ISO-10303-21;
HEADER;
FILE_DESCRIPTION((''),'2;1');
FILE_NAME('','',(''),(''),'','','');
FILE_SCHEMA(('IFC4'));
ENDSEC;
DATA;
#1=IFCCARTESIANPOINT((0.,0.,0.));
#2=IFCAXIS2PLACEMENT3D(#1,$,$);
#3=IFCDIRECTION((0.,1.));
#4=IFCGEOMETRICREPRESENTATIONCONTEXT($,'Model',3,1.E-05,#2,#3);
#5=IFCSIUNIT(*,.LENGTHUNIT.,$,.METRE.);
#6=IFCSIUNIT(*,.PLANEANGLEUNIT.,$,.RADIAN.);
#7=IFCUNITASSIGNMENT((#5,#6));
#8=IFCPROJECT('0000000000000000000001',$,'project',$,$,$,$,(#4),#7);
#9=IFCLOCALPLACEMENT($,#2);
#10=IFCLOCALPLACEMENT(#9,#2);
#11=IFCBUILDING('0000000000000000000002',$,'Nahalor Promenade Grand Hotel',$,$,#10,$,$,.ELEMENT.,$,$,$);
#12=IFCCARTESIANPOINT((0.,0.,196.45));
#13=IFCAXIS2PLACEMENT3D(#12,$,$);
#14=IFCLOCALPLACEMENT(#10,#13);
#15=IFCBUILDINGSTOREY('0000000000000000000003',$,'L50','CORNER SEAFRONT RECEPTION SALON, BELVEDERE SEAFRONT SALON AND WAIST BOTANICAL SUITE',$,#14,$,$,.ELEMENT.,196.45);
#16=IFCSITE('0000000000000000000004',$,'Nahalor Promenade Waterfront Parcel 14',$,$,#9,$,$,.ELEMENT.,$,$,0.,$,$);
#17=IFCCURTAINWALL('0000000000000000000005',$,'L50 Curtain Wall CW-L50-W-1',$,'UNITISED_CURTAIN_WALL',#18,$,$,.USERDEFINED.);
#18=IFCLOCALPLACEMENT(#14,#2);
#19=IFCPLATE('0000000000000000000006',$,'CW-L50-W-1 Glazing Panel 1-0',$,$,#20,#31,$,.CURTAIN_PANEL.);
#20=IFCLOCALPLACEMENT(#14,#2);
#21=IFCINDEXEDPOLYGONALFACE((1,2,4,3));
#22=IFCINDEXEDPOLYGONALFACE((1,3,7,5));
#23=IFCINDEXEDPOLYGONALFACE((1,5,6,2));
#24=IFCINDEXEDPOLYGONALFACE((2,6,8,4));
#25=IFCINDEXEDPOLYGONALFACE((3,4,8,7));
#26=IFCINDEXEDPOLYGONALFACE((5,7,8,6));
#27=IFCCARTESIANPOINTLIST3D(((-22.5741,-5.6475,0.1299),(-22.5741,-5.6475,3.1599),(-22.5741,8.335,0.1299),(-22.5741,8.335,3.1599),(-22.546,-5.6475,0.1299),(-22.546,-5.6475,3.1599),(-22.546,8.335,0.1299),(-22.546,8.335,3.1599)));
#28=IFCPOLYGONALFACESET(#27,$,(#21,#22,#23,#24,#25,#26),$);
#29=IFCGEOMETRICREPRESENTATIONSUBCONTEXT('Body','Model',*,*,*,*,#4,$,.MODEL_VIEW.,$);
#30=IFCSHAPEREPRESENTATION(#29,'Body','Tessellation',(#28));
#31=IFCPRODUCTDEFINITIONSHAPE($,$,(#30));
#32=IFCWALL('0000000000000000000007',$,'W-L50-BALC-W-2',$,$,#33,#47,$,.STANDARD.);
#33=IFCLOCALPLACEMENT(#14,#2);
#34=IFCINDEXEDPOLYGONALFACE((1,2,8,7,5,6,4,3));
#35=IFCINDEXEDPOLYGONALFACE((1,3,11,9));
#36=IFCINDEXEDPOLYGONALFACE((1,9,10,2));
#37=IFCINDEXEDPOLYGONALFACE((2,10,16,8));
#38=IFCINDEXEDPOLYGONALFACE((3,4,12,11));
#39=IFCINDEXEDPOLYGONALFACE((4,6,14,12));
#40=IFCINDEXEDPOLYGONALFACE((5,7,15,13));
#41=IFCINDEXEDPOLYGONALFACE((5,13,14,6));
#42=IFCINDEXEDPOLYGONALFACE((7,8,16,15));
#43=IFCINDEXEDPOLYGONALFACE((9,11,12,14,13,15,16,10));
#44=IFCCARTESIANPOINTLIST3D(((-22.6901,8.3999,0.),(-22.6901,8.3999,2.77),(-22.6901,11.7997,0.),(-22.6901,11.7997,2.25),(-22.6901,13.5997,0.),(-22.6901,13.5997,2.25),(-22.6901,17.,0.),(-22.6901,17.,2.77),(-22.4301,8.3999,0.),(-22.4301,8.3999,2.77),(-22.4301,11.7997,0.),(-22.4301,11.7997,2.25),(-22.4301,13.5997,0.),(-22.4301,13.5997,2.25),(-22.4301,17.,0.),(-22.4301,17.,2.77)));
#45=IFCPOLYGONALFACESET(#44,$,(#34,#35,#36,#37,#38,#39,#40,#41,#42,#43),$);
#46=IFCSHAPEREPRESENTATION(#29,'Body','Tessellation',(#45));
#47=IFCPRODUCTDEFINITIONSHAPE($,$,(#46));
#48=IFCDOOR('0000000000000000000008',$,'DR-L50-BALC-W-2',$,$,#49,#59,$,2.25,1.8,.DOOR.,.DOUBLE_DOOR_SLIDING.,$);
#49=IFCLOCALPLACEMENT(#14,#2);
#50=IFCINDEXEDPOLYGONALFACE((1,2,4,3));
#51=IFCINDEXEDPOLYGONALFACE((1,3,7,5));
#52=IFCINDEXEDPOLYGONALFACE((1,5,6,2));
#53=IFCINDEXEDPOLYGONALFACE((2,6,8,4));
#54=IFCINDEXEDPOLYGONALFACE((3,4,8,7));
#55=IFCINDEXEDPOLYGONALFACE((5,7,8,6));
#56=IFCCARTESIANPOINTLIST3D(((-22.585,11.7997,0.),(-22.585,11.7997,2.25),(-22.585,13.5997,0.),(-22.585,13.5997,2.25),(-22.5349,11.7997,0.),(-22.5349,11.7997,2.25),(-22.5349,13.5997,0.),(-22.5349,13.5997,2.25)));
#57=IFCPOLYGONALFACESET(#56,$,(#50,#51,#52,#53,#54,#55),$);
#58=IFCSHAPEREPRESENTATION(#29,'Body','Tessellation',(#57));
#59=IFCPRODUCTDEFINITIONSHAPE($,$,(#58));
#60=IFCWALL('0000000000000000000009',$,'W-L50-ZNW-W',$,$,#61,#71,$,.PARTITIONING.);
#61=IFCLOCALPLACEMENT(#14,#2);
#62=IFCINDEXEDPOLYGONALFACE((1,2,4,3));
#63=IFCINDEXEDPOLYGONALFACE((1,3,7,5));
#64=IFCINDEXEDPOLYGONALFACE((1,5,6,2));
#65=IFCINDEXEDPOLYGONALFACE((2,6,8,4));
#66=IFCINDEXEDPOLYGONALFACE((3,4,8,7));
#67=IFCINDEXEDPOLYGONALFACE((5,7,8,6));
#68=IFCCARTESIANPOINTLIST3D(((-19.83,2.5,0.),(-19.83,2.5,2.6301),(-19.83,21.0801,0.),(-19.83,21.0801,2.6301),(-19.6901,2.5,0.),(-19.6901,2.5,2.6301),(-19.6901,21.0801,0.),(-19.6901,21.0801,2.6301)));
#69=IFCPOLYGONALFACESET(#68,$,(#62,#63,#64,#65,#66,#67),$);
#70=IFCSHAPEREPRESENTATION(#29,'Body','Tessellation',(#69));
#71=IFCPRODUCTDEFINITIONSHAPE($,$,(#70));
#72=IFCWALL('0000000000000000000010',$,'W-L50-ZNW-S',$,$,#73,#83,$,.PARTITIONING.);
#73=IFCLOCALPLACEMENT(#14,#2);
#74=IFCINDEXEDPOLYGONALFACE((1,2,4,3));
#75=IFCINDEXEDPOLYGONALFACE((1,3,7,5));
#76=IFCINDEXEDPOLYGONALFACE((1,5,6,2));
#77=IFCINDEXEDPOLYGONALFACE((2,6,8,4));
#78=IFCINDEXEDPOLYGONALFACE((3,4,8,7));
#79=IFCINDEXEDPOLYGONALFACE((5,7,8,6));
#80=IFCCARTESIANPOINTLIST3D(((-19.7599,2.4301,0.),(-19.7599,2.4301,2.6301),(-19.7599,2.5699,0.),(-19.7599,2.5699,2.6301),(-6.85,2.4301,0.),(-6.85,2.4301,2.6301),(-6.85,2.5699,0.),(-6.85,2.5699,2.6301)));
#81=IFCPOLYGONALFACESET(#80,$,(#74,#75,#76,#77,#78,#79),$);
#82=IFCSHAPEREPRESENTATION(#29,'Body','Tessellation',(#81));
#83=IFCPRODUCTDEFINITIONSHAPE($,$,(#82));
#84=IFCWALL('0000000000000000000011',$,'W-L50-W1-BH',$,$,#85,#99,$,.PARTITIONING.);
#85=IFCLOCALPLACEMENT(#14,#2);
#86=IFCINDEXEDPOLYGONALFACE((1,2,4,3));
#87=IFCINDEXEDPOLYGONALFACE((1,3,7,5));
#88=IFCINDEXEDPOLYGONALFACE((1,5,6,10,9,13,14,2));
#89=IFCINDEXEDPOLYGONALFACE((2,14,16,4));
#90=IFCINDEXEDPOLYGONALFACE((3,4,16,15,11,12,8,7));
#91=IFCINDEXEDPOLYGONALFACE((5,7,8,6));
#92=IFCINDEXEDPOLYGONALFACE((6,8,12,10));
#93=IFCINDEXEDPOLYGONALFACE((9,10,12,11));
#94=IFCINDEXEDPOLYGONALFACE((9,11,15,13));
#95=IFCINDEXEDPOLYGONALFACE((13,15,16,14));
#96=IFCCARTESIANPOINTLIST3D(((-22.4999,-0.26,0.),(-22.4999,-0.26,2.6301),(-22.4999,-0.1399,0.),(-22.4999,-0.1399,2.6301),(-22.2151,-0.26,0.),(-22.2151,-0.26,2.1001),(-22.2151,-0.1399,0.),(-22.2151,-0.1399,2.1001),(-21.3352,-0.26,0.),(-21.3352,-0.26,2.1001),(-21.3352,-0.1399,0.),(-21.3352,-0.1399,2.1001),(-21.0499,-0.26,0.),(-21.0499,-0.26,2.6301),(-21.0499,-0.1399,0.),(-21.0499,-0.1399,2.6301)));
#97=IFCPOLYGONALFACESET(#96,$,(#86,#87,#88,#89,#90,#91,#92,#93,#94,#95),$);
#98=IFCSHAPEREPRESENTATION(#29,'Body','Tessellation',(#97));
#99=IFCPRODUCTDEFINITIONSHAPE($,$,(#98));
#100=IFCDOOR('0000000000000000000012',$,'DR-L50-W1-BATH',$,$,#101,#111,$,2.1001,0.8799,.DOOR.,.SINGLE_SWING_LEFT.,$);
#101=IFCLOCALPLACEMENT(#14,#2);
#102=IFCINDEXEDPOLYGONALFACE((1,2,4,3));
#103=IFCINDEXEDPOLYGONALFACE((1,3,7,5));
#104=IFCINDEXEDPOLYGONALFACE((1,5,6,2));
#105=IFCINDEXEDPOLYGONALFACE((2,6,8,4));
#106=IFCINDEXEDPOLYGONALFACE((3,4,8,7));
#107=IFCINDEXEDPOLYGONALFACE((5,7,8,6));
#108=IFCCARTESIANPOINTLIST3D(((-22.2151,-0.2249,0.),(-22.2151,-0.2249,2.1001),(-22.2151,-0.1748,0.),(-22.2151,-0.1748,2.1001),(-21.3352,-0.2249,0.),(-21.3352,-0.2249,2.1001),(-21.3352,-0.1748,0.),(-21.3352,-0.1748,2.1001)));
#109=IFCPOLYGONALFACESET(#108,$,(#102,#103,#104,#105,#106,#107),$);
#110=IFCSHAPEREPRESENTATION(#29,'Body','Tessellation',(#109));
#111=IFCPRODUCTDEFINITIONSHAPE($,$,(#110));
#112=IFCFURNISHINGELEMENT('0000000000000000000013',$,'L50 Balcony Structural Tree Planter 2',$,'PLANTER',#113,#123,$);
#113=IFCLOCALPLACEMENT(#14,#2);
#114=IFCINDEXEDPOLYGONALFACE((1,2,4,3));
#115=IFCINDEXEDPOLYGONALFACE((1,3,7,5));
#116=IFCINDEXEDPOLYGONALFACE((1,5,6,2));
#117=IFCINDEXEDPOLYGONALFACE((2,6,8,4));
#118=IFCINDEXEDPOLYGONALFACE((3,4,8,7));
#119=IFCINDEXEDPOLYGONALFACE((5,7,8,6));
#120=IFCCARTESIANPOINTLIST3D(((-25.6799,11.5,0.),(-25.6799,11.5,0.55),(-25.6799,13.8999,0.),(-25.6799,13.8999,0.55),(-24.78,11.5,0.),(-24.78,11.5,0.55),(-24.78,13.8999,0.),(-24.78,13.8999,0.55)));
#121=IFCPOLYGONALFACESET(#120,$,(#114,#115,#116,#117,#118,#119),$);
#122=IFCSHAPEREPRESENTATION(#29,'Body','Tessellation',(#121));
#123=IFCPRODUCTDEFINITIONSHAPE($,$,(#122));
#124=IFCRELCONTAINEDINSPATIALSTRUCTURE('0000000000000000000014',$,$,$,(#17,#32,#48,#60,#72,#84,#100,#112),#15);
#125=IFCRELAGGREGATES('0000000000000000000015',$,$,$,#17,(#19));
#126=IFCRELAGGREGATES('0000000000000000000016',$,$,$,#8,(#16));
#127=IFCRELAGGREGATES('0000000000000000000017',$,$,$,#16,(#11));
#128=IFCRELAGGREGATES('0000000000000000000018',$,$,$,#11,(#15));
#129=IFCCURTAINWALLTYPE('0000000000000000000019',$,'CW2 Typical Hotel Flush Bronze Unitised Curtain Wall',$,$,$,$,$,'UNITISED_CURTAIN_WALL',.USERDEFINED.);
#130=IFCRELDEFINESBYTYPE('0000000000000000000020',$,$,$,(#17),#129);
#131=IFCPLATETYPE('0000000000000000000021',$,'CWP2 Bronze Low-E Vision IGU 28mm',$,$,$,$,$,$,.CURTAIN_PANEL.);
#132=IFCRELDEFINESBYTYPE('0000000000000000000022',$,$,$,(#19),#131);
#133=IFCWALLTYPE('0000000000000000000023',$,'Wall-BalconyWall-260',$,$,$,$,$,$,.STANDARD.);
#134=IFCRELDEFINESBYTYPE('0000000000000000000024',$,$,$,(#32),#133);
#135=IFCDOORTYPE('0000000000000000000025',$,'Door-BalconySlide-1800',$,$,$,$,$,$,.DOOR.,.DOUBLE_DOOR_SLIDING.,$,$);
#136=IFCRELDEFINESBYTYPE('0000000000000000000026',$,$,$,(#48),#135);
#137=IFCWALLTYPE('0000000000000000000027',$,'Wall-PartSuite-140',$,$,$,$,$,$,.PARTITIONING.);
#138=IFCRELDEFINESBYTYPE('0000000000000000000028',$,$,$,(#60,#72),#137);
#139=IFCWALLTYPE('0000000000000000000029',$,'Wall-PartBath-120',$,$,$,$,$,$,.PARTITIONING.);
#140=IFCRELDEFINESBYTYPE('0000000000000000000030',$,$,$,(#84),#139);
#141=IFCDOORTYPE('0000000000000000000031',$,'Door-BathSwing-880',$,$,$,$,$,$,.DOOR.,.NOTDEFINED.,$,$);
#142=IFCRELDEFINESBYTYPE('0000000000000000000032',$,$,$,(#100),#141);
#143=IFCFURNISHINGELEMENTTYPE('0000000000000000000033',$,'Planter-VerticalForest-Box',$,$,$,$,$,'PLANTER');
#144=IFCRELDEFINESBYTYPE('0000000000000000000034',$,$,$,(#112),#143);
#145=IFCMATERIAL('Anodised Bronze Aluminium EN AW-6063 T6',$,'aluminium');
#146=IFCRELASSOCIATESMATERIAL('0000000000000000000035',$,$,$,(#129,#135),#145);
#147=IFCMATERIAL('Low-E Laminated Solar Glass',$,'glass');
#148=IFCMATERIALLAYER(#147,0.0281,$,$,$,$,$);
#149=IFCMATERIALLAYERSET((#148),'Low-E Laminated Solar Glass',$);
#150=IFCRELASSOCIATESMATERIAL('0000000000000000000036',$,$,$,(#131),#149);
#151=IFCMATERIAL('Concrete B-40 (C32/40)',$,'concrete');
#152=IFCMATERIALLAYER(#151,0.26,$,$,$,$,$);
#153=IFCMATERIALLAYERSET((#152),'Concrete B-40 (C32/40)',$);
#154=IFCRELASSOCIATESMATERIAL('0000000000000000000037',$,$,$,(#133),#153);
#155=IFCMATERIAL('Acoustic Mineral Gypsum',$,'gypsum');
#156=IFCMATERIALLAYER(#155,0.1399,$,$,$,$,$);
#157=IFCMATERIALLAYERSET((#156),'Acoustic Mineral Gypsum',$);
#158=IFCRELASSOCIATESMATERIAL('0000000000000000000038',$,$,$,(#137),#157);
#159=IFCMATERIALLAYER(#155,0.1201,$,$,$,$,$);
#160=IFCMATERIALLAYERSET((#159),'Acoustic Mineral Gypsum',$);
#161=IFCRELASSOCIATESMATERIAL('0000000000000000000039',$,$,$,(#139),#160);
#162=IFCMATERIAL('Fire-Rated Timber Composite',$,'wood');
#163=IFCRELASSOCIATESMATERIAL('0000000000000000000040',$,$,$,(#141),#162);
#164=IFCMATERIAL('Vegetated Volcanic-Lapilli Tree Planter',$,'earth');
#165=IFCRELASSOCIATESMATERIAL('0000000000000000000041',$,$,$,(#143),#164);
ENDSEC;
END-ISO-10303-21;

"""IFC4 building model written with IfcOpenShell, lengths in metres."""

from ifc_helpers import new_model, si_unit, direction, frame, frame_2d, origin, origin_2d, place, context, subcontext, project, spatial, rectangle, extrude, source, transform, mapped, material, layer, layer_set, type_object, element, fill, aggregate, save


model = new_model("IFC4")

# Units and contexts
model_context = context("Model", 3, precision=1e-05, world=origin(), true_north=direction((0.0, 1.0)))
body_context = subcontext(model_context, "Body", "Model", "MODEL_VIEW")
ifc_project = project(units=[si_unit("LENGTHUNIT", "METRE"), si_unit("PLANEANGLEUNIT", "RADIAN")], contexts=[model_context])

# Site, building, storey
site_placement = place(None, origin())
site = spatial("IfcSite", under=ifc_project, at=site_placement, Name="Nahalor Promenade Waterfront Parcel 14", CompositionType="ELEMENT", RefElevation=0.0)
building_placement = place(site_placement, origin())
building = spatial("IfcBuilding", under=site, at=building_placement, Name="Nahalor Promenade Grand Hotel", CompositionType="ELEMENT")
storey_placement = place(building_placement, frame((0.0, 0.0, 196.45)))
storey = spatial("IfcBuildingStorey", under=building, at=storey_placement, Name="L50", Description="CORNER SEAFRONT RECEPTION SALON, BELVEDERE SEAFRONT SALON AND WAIST BOTANICAL SUITE", CompositionType="ELEMENT", Elevation=196.45)

# Curtain wall, plate
ifc_material_1 = material(Name="Anodised Bronze Aluminium EN AW-6063 T6", Category="aluminium")
curtain_wall_type = type_object("IfcCurtainWallType", Name="CW2 Typical Hotel Flush Bronze Unitised Curtain Wall", ElementType="UNITISED_CURTAIN_WALL", PredefinedType="USERDEFINED", material=ifc_material_1)
curtain_wall_placement = place(storey_placement, origin())
curtain_wall = element("IfcCurtainWall", 1, at=curtain_wall_placement, inside=storey, type_object=curtain_wall_type, Name="L50 Curtain Wall CW-L50-W-1", ObjectType="UNITISED_CURTAIN_WALL", PredefinedType="USERDEFINED")
ifc_material_2 = material(Name="Low-E Laminated Solar Glass", Category="glass")
ifc_layer_1 = layer(ifc_material_2, 0.0281)
ifc_layer_set_1 = layer_set([ifc_layer_1], Name="Low-E Laminated Solar Glass")
plate_type = type_object("IfcPlateType", Name="CWP2 Bronze Low-E Vision IGU 28mm", PredefinedType="CURTAIN_PANEL", material=ifc_layer_set_1)
shared_shape_1 = source(origin(), body_context, "Body", "SweptSolid", [
    extrude(rectangle(XDim=13.9824, YDim=0.0281, at=origin_2d()), origin(), (0.0, 0.0, 1.0), 3.03),
])
plate_placement = place(storey_placement, frame((-22.5601, 1.3438, 0.1299), z_axis=(0.0, 0.0, 1.0), x_axis=(0.0, 1.0, 0.0)))
plate = element("IfcPlate", 2, at=plate_placement, type_object=plate_type, Name="CW-L50-W-1 Glazing Panel 1-0", PredefinedType="CURTAIN_PANEL", context=body_context, shape_type="MappedRepresentation", body=[
    mapped(shared_shape_1, transform((0.0, 0.0, 0.0), scale=1.0)),
])
aggregate(curtain_wall, [plate])

# Wall, opening, door
ifc_material_3 = material(Name="Concrete B-40 (C32/40)", Category="concrete")
ifc_layer_2 = layer(ifc_material_3, 0.26)
ifc_layer_set_2 = layer_set([ifc_layer_2], Name="Concrete B-40 (C32/40)")
wall_type_1 = type_object("IfcWallType", Name="Wall-BalconyWall-260", PredefinedType="STANDARD", material=ifc_layer_set_2)
shared_shape_2 = source(origin(), body_context, "Body", "SweptSolid", [
    extrude(rectangle(XDim=8.6001, YDim=0.26, at=frame_2d((4.3, 0.0))), origin(), (0.0, 0.0, 1.0), 2.77),
])
wall_1_placement = place(storey_placement, frame((-22.5601, 8.3999, 0.0), z_axis=(0.0, 0.0, 1.0), x_axis=(0.0, 1.0, 0.0)))
wall_1 = element("IfcWall", 3, at=wall_1_placement, inside=storey, type_object=wall_type_1, Name="W-L50-BALC-W-2", PredefinedType="STANDARD", context=body_context, shape_type="MappedRepresentation", body=[
    mapped(shared_shape_2, transform((0.0, 0.0, 0.0), scale=1.0)),
])
opening_1_placement = place(wall_1_placement, frame((3.3999, 0.0, 0.0)))
opening_1 = element("IfcOpeningElement", 4, at=opening_1_placement, cuts=wall_1, PredefinedType="OPENING", context=body_context, shape_type="SweptSolid", body=[
    extrude(rectangle(XDim=1.8, YDim=2.25, at=frame_2d((0.8999, 1.125))), frame((0.0, 0.1399, 0.0), z_axis=(0.0, -1.0, 0.0), x_axis=(1.0, 0.0, 0.0)), (0.0, 0.0, 1.0), 0.28),
])
door_type_1 = type_object("IfcDoorType", Name="Door-BalconySlide-1800", OperationType="DOUBLE_DOOR_SLIDING", PredefinedType="DOOR", material=ifc_material_1)
shared_shape_3 = source(origin(), body_context, "Body", "SweptSolid", [
    extrude(rectangle(XDim=1.8, YDim=2.25, at=frame_2d((0.8999, 1.125))), frame((0.0, 0.0249, 0.0), z_axis=(0.0, -1.0, 0.0), x_axis=(1.0, 0.0, 0.0)), (0.0, 0.0, 1.0), 0.05),
])
door_1_placement = place(opening_1_placement, origin())
door_1 = element("IfcDoor", 5, at=door_1_placement, inside=storey, type_object=door_type_1, Name="DR-L50-BALC-W-2", OperationType="DOUBLE_DOOR_SLIDING", OverallHeight=2.25, OverallWidth=1.8, PredefinedType="DOOR", context=body_context, shape_type="MappedRepresentation", body=[
    mapped(shared_shape_3, transform((0.0, 0.0, 0.0), scale=1.0)),
])
fill(opening_1, door_1)

# Walls
ifc_material_4 = material(Name="Acoustic Mineral Gypsum", Category="gypsum")
ifc_layer_3 = layer(ifc_material_4, 0.1399)
ifc_layer_set_3 = layer_set([ifc_layer_3], Name="Acoustic Mineral Gypsum")
wall_type_2 = type_object("IfcWallType", Name="Wall-PartSuite-140", PredefinedType="PARTITIONING", material=ifc_layer_set_3)
shared_shape_4 = source(origin(), body_context, "Body", "SweptSolid", [
    extrude(rectangle(XDim=18.5801, YDim=0.1399, at=frame_2d((9.29, 0.0))), origin(), (0.0, 0.0, 1.0), 2.6301),
])
wall_2_placement = place(storey_placement, frame((-19.76, 2.5, 0.0), z_axis=(0.0, 0.0, 1.0), x_axis=(0.0, 1.0, 0.0)))
element("IfcWall", 6, at=wall_2_placement, inside=storey, type_object=wall_type_2, Name="W-L50-ZNW-W", PredefinedType="PARTITIONING", context=body_context, shape_type="MappedRepresentation", body=[
    mapped(shared_shape_4, transform((0.0, 0.0, 0.0), scale=1.0)),
])
shared_shape_5 = source(origin(), body_context, "Body", "SweptSolid", [
    extrude(rectangle(XDim=12.9099, YDim=0.1399, at=frame_2d((6.4551, 0.0))), origin(), (0.0, 0.0, 1.0), 2.6301),
])
wall_3_placement = place(storey_placement, frame((-19.76, 2.5, 0.0), z_axis=(0.0, 0.0, 1.0), x_axis=(1.0, 0.0, 0.0)))
element("IfcWall", 7, at=wall_3_placement, inside=storey, type_object=wall_type_2, Name="W-L50-ZNW-S", PredefinedType="PARTITIONING", context=body_context, shape_type="MappedRepresentation", body=[
    mapped(shared_shape_5, transform((0.0, 0.0, 0.0), scale=1.0)),
])

# Wall, opening, door
ifc_layer_4 = layer(ifc_material_4, 0.1201)
ifc_layer_set_4 = layer_set([ifc_layer_4], Name="Acoustic Mineral Gypsum")
wall_type_3 = type_object("IfcWallType", Name="Wall-PartBath-120", PredefinedType="PARTITIONING", material=ifc_layer_set_4)
shared_shape_6 = source(origin(), body_context, "Body", "SweptSolid", [
    extrude(rectangle(XDim=1.45, YDim=0.1201, at=frame_2d((0.7251, 0.0))), origin(), (0.0, 0.0, 1.0), 2.6301),
])
wall_4_placement = place(storey_placement, frame((-22.5, -0.2, 0.0), z_axis=(0.0, 0.0, 1.0), x_axis=(1.0, 0.0, 0.0)))
wall_4 = element("IfcWall", 8, at=wall_4_placement, inside=storey, type_object=wall_type_3, Name="W-L50-W1-BH", PredefinedType="PARTITIONING", context=body_context, shape_type="MappedRepresentation", body=[
    mapped(shared_shape_6, transform((0.0, 0.0, 0.0), scale=1.0)),
])
opening_2_placement = place(wall_4_placement, frame((0.2849, 0.0, 0.0)))
opening_2 = element("IfcOpeningElement", 9, at=opening_2_placement, cuts=wall_4, PredefinedType="OPENING", context=body_context, shape_type="SweptSolid", body=[
    extrude(rectangle(XDim=0.8799, YDim=2.1001, at=frame_2d((0.4399, 1.05))), frame((0.0, 0.0701, 0.0), z_axis=(0.0, -1.0, 0.0), x_axis=(1.0, 0.0, 0.0)), (0.0, 0.0, 1.0), 0.1401),
])
ifc_material_5 = material(Name="Fire-Rated Timber Composite", Category="wood")
door_type_2 = type_object("IfcDoorType", Name="Door-BathSwing-880", OperationType="NOTDEFINED", PredefinedType="DOOR", material=ifc_material_5)
shared_shape_7 = source(origin(), body_context, "Body", "SweptSolid", [
    extrude(rectangle(XDim=0.8799, YDim=2.1001, at=frame_2d((0.4399, 1.05))), frame((0.0, 0.0249, 0.0), z_axis=(0.0, -1.0, 0.0), x_axis=(1.0, 0.0, 0.0)), (0.0, 0.0, 1.0), 0.05),
])
door_2_placement = place(opening_2_placement, frame((0.8799, 0.0, 0.0), z_axis=(0.0, 0.0, 1.0), x_axis=(-1.0, 0.0, 0.0)))
door_2 = element("IfcDoor", 10, at=door_2_placement, inside=storey, type_object=door_type_2, Name="DR-L50-W1-BATH", OperationType="SINGLE_SWING_LEFT", OverallHeight=2.1001, OverallWidth=0.8799, PredefinedType="DOOR", context=body_context, shape_type="MappedRepresentation", body=[
    mapped(shared_shape_7, transform((0.0, 0.0, 0.0), scale=1.0)),
])
fill(opening_2, door_2)

# Furnishing element
ifc_material_6 = material(Name="Vegetated Volcanic-Lapilli Tree Planter", Category="earth")
furnishing_element_type = type_object("IfcFurnishingElementType", Name="Planter-VerticalForest-Box", ElementType="PLANTER", material=ifc_material_6)
shared_shape_8 = source(origin(), body_context, "Body", "SweptSolid", [
    extrude(rectangle(XDim=2.3999, YDim=0.8999, at=origin_2d()), origin(), (0.0, 0.0, 1.0), 0.55),
])
furnishing_placement = place(storey_placement, frame((-25.23, 12.7, 0.0), z_axis=(0.0, 0.0, 1.0), x_axis=(0.0, 1.0, 0.0)))
element("IfcFurnishingElement", 11, at=furnishing_placement, inside=storey, type_object=furnishing_element_type, Name="L50 Balcony Structural Tree Planter 2", ObjectType="PLANTER", context=body_context, shape_type="MappedRepresentation", body=[
    mapped(shared_shape_8, transform((0.0, 0.0, 0.0), scale=1.0)),
])

save(model, "model.ifc")
